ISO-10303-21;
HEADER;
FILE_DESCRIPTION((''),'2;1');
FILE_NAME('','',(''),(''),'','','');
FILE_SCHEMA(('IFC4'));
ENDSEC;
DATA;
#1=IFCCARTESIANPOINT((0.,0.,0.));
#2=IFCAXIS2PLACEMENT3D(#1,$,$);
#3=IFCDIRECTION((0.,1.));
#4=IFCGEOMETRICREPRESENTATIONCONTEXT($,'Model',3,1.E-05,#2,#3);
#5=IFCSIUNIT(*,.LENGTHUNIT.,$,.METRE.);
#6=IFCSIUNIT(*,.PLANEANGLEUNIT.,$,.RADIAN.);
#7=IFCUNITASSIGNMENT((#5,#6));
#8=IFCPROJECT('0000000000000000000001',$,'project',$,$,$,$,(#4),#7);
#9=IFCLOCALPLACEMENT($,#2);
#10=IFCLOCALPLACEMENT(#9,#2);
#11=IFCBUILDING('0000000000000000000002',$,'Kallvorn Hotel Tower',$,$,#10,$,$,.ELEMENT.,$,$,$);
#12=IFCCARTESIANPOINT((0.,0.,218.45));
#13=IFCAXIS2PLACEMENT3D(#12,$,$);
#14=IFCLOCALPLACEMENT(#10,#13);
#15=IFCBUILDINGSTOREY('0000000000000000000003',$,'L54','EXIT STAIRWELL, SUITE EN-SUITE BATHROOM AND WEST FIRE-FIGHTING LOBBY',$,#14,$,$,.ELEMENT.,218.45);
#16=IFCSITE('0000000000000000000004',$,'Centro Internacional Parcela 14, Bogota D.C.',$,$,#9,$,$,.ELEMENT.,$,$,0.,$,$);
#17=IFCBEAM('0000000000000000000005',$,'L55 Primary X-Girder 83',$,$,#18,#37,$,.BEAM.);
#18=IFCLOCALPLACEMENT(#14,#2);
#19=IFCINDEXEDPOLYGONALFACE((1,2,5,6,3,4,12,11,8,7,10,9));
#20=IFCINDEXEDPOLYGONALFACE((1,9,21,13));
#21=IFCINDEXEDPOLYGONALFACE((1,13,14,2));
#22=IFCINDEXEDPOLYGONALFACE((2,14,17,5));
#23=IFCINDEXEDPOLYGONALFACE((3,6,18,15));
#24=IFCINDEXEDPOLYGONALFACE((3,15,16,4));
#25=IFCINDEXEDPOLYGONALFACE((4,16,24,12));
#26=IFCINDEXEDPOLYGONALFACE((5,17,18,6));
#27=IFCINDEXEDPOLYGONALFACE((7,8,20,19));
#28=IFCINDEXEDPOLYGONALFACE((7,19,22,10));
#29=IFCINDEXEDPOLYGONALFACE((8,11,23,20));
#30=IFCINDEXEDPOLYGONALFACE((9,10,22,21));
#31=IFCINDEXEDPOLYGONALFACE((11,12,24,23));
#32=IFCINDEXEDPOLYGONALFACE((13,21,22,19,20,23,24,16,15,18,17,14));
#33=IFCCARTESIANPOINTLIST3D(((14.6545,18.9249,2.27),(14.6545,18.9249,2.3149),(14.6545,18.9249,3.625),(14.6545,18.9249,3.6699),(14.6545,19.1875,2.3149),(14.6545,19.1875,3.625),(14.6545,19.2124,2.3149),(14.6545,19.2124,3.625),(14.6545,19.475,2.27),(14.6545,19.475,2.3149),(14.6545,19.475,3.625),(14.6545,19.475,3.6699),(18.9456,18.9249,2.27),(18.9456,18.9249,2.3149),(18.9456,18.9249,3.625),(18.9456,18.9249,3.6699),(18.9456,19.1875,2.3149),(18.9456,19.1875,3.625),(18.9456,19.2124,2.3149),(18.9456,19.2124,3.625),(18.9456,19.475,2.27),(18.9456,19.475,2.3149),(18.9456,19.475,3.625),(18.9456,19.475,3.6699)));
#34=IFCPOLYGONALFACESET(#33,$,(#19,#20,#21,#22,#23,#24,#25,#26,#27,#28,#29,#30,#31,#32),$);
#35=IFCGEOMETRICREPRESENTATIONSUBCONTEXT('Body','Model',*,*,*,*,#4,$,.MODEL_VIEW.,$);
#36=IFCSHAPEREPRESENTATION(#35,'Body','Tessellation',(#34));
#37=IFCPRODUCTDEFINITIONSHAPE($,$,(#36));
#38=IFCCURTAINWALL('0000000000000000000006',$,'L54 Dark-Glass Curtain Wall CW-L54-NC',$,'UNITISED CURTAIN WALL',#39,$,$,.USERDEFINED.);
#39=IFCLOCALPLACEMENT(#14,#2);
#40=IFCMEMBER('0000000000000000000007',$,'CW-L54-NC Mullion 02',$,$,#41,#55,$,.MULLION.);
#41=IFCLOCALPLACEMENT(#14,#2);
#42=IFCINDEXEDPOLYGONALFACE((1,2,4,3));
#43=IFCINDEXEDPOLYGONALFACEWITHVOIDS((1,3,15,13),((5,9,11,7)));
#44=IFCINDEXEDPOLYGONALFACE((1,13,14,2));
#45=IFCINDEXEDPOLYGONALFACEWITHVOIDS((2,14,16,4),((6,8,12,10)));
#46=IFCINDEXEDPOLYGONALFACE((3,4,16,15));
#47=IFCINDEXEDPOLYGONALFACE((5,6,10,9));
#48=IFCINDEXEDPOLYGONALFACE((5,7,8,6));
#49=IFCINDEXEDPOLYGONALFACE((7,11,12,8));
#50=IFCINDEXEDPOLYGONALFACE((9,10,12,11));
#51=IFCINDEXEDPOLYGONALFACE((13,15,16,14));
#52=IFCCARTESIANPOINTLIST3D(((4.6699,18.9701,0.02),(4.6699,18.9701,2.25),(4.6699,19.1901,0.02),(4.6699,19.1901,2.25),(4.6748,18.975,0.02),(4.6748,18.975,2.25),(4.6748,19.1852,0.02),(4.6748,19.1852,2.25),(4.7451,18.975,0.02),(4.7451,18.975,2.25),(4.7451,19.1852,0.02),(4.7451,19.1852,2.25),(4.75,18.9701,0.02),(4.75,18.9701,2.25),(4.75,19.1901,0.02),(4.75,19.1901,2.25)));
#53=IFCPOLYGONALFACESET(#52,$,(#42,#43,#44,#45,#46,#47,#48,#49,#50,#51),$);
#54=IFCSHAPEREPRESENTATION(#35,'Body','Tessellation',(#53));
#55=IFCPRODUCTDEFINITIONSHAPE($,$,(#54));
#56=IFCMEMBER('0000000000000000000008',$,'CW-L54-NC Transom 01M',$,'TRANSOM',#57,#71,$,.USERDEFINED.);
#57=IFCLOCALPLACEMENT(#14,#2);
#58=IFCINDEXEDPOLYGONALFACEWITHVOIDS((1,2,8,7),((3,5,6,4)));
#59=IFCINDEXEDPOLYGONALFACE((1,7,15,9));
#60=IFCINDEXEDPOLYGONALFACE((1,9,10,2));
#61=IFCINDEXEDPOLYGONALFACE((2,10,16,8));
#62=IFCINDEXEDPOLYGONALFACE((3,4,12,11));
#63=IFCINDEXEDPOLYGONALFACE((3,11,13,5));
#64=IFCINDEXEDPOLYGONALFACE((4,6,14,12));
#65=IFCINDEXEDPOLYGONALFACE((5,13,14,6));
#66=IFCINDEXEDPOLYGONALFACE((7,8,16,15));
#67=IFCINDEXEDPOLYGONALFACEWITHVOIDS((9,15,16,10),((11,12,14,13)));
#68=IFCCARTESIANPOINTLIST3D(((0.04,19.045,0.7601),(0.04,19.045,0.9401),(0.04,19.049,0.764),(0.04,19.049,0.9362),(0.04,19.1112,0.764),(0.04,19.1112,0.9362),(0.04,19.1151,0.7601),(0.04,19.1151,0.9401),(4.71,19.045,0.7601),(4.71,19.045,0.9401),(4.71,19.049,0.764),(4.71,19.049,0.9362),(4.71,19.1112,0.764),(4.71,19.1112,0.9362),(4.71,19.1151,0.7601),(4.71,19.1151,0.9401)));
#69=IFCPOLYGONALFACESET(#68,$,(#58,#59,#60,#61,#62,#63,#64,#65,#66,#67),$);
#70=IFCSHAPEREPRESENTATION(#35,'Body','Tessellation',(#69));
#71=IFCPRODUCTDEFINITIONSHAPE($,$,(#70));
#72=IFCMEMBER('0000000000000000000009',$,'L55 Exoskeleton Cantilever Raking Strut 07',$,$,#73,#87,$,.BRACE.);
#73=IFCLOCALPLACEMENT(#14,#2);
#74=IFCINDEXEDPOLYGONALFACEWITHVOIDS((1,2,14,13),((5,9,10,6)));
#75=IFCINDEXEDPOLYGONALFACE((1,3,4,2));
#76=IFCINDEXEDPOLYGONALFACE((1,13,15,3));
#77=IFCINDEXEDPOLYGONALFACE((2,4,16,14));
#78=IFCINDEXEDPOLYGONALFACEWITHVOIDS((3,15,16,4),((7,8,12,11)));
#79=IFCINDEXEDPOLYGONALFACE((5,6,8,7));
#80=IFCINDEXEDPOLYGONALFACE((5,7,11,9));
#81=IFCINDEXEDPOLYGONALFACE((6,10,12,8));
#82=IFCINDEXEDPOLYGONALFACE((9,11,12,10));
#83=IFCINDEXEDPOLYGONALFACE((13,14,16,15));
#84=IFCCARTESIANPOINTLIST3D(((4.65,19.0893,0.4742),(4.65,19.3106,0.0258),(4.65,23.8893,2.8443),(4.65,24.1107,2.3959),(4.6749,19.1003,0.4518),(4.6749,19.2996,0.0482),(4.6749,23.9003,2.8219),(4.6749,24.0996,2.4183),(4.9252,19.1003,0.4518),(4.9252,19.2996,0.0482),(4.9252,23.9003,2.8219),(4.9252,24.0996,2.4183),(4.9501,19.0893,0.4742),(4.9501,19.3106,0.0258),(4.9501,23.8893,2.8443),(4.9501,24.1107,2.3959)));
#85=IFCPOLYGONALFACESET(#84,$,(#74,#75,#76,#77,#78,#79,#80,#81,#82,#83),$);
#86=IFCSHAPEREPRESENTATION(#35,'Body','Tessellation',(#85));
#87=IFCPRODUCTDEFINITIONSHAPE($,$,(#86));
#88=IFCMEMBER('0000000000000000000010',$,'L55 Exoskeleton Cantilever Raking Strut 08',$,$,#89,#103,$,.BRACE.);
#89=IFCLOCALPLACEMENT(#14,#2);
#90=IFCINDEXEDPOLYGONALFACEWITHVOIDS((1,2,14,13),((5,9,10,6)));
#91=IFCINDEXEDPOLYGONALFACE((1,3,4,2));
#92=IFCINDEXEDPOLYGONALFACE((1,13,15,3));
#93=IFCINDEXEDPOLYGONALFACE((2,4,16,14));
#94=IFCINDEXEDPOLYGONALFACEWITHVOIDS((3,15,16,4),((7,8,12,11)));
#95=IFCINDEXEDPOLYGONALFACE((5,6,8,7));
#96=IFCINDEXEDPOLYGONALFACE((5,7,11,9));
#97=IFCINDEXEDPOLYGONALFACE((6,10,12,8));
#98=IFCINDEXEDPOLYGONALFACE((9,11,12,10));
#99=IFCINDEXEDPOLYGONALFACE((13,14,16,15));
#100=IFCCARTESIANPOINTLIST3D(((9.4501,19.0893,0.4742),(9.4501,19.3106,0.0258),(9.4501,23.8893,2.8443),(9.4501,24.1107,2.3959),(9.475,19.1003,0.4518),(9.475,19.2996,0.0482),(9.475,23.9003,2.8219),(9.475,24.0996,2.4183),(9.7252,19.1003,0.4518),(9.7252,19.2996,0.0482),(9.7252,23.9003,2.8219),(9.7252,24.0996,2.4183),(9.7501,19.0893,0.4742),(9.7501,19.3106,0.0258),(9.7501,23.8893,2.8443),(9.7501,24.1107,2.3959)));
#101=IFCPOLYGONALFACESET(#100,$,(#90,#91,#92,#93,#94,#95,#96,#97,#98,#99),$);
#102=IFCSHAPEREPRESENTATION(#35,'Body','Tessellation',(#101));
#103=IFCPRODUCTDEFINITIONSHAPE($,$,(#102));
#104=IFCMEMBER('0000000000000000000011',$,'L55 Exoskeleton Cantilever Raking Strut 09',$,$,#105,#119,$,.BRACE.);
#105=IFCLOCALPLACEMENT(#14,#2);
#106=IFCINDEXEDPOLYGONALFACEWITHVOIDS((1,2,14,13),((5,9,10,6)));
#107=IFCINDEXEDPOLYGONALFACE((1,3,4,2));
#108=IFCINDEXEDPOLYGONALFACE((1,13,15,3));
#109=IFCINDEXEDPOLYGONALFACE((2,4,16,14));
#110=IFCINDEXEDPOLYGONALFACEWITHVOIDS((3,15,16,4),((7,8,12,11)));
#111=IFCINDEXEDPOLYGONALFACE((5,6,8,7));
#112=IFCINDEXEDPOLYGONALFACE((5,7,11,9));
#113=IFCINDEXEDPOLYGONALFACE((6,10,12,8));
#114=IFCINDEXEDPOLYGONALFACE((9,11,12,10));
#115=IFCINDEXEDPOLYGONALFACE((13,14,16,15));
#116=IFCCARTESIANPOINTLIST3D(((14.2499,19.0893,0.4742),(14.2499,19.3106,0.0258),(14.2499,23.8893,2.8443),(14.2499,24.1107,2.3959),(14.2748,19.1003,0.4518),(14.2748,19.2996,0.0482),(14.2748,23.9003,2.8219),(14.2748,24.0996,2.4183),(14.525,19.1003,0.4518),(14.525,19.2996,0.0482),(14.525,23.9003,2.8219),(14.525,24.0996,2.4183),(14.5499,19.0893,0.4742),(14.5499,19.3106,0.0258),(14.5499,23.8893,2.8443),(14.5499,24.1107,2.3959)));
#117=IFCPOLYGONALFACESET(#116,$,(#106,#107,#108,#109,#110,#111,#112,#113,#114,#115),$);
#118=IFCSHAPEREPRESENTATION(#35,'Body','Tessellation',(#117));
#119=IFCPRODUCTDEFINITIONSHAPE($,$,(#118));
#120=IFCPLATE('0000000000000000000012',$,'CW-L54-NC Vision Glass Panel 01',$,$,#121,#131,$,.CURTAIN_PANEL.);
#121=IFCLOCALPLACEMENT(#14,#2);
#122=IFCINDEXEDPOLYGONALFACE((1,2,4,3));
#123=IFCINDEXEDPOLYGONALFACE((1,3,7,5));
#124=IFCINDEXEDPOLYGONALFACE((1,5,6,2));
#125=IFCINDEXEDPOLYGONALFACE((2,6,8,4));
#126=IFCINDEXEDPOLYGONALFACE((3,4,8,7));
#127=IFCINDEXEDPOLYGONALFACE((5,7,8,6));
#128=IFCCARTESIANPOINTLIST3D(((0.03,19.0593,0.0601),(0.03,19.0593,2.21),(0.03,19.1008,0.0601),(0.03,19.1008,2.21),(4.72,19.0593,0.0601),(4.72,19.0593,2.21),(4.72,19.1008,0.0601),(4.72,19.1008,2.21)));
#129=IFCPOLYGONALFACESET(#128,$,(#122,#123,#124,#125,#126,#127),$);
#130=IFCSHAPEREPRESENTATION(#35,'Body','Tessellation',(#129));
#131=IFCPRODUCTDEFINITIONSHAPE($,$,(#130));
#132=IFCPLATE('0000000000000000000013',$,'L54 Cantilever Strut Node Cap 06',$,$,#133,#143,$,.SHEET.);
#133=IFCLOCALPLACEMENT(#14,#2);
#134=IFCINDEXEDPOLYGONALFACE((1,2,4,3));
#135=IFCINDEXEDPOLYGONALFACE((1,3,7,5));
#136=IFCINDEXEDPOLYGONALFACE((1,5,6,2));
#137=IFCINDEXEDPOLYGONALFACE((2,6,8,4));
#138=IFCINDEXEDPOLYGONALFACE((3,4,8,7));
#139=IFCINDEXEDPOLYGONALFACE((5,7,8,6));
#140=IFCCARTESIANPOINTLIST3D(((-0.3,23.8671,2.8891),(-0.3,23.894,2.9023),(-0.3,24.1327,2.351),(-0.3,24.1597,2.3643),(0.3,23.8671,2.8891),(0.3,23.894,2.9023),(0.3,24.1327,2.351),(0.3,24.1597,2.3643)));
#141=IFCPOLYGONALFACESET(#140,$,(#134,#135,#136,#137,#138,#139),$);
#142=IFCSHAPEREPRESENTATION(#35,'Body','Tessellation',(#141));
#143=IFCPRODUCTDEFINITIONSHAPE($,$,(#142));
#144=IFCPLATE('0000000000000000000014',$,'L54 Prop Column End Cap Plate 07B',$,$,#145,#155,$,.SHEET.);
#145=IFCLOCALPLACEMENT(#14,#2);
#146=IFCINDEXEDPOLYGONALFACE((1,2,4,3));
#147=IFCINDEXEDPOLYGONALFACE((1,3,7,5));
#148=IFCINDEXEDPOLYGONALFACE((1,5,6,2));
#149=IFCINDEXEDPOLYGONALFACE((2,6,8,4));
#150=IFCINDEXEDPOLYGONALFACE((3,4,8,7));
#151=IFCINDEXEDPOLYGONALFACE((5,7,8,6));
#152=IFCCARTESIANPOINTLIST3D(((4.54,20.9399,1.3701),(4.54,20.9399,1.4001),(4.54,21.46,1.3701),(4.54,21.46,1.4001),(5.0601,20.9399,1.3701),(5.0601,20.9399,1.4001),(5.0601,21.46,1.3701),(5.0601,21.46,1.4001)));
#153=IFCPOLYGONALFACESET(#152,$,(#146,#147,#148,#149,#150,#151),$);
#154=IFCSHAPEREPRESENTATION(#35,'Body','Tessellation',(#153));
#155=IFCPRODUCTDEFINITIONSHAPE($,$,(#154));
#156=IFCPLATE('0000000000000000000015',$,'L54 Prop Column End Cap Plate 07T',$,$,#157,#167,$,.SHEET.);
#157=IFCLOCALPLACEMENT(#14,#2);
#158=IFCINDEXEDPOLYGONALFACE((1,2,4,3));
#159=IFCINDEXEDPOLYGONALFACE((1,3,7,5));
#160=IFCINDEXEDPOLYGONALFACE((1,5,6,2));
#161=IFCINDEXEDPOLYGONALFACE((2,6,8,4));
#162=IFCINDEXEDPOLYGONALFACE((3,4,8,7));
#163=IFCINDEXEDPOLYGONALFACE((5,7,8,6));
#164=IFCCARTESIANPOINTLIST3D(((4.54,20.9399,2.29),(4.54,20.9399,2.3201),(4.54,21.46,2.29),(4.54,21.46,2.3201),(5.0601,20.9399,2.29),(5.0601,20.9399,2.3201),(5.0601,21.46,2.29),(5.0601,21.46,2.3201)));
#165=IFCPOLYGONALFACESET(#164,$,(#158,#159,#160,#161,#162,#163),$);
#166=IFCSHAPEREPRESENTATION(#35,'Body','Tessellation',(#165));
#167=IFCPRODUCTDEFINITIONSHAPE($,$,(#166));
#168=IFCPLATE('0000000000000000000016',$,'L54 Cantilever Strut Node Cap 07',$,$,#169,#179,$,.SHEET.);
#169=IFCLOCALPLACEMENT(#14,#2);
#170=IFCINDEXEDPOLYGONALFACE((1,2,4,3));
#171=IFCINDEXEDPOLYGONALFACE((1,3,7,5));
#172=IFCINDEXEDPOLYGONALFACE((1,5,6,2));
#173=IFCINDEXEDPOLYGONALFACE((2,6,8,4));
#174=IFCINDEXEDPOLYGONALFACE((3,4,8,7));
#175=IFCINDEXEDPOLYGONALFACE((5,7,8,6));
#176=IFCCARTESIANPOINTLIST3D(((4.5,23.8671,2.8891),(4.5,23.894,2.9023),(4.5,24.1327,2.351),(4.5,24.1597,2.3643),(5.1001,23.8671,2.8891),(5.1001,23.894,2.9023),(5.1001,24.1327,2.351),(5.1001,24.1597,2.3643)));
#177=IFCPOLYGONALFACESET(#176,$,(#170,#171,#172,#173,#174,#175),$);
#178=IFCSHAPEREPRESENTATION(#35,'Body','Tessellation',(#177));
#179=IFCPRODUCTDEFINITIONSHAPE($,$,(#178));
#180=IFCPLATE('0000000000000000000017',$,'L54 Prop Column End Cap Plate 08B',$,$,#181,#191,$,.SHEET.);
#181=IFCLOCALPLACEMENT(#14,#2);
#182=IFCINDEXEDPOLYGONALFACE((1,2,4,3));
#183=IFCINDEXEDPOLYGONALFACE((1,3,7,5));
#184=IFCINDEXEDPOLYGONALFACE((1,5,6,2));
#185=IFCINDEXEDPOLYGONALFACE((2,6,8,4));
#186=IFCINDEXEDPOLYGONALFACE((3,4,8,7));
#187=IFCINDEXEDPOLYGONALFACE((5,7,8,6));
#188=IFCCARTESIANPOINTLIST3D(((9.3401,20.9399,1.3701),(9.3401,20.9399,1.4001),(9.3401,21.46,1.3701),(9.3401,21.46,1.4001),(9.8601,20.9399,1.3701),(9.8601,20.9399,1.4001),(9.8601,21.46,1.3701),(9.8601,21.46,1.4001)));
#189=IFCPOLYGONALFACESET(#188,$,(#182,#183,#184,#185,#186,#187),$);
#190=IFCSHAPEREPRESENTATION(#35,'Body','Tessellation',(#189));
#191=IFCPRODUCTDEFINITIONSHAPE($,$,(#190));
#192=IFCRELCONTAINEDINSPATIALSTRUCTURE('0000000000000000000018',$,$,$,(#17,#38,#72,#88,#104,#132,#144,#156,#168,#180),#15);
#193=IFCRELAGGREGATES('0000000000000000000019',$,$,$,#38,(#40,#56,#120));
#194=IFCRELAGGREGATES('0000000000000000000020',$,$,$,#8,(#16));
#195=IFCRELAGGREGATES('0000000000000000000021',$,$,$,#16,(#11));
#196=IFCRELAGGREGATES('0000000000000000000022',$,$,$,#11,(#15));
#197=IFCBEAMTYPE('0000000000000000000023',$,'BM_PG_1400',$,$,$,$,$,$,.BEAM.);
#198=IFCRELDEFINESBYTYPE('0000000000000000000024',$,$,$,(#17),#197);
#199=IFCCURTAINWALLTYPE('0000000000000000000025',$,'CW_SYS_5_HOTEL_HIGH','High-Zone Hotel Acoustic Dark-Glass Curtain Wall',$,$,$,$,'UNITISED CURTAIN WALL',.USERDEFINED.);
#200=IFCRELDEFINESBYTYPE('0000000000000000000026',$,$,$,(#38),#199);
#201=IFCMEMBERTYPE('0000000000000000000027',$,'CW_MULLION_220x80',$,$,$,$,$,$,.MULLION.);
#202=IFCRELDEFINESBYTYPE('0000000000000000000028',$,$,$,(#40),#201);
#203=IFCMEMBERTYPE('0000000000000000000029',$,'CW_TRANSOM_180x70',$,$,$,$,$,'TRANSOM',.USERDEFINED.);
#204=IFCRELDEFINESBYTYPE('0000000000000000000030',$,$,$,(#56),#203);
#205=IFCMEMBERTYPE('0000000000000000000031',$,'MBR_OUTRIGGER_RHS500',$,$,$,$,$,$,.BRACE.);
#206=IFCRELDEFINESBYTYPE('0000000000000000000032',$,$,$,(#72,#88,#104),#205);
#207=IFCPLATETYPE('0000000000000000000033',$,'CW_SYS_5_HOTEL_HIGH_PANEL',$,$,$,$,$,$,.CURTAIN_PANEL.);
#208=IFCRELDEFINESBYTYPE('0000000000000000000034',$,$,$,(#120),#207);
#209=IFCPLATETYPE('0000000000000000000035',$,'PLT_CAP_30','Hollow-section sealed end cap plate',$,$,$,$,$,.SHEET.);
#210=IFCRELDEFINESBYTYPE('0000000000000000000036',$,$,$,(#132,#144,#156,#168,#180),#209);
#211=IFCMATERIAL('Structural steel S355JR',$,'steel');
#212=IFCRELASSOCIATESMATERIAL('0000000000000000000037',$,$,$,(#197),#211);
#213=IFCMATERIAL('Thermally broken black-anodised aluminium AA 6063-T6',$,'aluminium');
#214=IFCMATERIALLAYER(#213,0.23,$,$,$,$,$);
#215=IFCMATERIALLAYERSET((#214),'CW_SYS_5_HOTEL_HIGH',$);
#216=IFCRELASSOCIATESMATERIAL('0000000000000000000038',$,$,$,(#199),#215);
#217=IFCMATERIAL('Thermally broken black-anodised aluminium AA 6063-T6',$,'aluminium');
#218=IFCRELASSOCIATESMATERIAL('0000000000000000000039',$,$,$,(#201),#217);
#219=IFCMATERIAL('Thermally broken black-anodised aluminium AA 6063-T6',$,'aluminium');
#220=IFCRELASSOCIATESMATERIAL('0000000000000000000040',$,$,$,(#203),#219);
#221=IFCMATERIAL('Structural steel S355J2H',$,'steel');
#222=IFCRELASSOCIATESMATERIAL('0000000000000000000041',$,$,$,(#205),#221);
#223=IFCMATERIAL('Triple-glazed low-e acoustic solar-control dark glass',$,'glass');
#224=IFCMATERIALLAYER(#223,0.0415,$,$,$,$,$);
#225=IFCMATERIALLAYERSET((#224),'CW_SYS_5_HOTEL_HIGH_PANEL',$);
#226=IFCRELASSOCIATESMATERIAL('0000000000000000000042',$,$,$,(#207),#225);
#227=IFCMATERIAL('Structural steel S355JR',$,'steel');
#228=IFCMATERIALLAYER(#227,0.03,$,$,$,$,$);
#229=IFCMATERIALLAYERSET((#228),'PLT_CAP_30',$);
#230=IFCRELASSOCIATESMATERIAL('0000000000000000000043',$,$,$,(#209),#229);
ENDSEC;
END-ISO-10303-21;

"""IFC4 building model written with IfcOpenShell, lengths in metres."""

from ifc_helpers import new_model, si_unit, direction, frame, origin, origin_2d, place, context, subcontext, project, spatial, polyline, rectangle, hollow_rectangle, i_section, outline, extrude, material, layer, layer_set, material_profile, profile_set, type_object, element, aggregate, save


model = new_model("IFC4")

# Units and contexts
model_context = context("Model", 3, precision=1e-05, world=origin(), true_north=direction((0.0, 1.0)))
body_context = subcontext(model_context, "Body", "Model", "MODEL_VIEW")
ifc_project = project(units=[si_unit("LENGTHUNIT", "METRE"), si_unit("PLANEANGLEUNIT", "RADIAN")], contexts=[model_context])

# Site, building, storey
site_placement = place(None, origin())
site = spatial("IfcSite", under=ifc_project, at=site_placement, Name="Centro Internacional Parcela 14, Bogota D.C.", CompositionType="ELEMENT", RefElevation=0.0)
building_placement = place(site_placement, origin())
building = spatial("IfcBuilding", under=site, at=building_placement, Name="Kallvorn Hotel Tower", CompositionType="ELEMENT")
storey_placement = place(building_placement, frame((0.0, 0.0, 218.45)))
storey = spatial("IfcBuildingStorey", under=building, at=storey_placement, Name="L54", Description="EXIT STAIRWELL, SUITE EN-SUITE BATHROOM AND WEST FIRE-FIGHTING LOBBY", CompositionType="ELEMENT", Elevation=218.45)

# Beam
ifc_material_1 = material(Name="Structural steel S355JR", Category="steel")
ifc_material_profile_1 = material_profile(ifc_material_1, i_section(OverallWidth=0.55, OverallDepth=1.3999, WebThickness=0.0249, FlangeThickness=0.0449, at=origin_2d()), Name="PG 1400x550x25x45")
ifc_profile_set_1 = profile_set([ifc_material_profile_1], Name="Structural steel S355JR")
beam_type_1 = type_object("IfcBeamType", Name="BM_PG_1400", PredefinedType="BEAM", material=ifc_profile_set_1)
for number, where, z_axis, x_axis, name in (
    (1, (14.6545, 19.2, 2.97), (1.0, 0.0, 0.0), (0.0, 1.0, 0.0), "L55 Primary X-Girder 83"),
):
    element("IfcBeam", number, at=place(storey_placement, frame(where, z_axis=z_axis, x_axis=x_axis)), inside=storey, type_object=beam_type_1, Name=name, PredefinedType="BEAM", context=body_context, shape_type="SweptSolid", body=[
        extrude(i_section(OverallWidth=0.55, OverallDepth=1.3999, WebThickness=0.0249, FlangeThickness=0.0449, at=origin_2d()), origin(), (0.0, 0.0, 1.0), 4.291),
    ])

# Curtain wall, members
ifc_material_2 = material(Name="Thermally broken black-anodised aluminium AA 6063-T6", Category="aluminium")
ifc_layer_1 = layer(ifc_material_2, 0.23)
ifc_layer_set_1 = layer_set([ifc_layer_1], Name="CW_SYS_5_HOTEL_HIGH")
curtain_wall_type = type_object("IfcCurtainWallType", Name="CW_SYS_5_HOTEL_HIGH", Description="High-Zone Hotel Acoustic Dark-Glass Curtain Wall", ElementType="UNITISED CURTAIN WALL", PredefinedType="USERDEFINED", material=ifc_layer_set_1)
curtain_wall_placement = place(storey_placement, origin())
curtain_wall = element("IfcCurtainWall", 2, at=curtain_wall_placement, inside=storey, type_object=curtain_wall_type, Name="L54 Dark-Glass Curtain Wall CW-L54-NC", ObjectType="UNITISED CURTAIN WALL", PredefinedType="USERDEFINED")
ifc_material_3 = material(Name="Thermally broken black-anodised aluminium AA 6063-T6", Category="aluminium")
ifc_material_profile_2 = material_profile(ifc_material_3, hollow_rectangle(XDim=0.0801, YDim=0.22, WallThickness=0.0049, at=origin_2d()), Name="MUL 220x80")
ifc_profile_set_2 = profile_set([ifc_material_profile_2], Name="Thermally broken black-anodised aluminium AA 6063-T6")
member_type_1 = type_object("IfcMemberType", Name="CW_MULLION_220x80", PredefinedType="MULLION", material=ifc_profile_set_2)
member_1_placement = place(storey_placement, frame((4.71, 19.0801, 0.02), z_axis=(0.0, 0.0, 1.0), x_axis=(1.0, 0.0, 0.0)))
member_1 = element("IfcMember", 3, at=member_1_placement, type_object=member_type_1, Name="CW-L54-NC Mullion 02", PredefinedType="MULLION", context=body_context, shape_type="SweptSolid", body=[
    extrude(hollow_rectangle(XDim=0.0801, YDim=0.22, WallThickness=0.0049, at=origin_2d()), origin(), (0.0, 0.0, 1.0), 2.23),
])
ifc_material_4 = material(Name="Thermally broken black-anodised aluminium AA 6063-T6", Category="aluminium")
ifc_material_profile_3 = material_profile(ifc_material_4, hollow_rectangle(XDim=0.0701, YDim=0.1799, WallThickness=0.0039, at=origin_2d()), Name="TRN 180x70")
ifc_profile_set_3 = profile_set([ifc_material_profile_3], Name="Thermally broken black-anodised aluminium AA 6063-T6")
member_type_2 = type_object("IfcMemberType", Name="CW_TRANSOM_180x70", ElementType="TRANSOM", PredefinedType="USERDEFINED", material=ifc_profile_set_3)
member_2_placement = place(storey_placement, frame((0.04, 19.0801, 0.8501), z_axis=(1.0, 0.0, 0.0), x_axis=(0.0, 1.0, 0.0)))
member_2 = element("IfcMember", 4, at=member_2_placement, type_object=member_type_2, Name="CW-L54-NC Transom 01M", ObjectType="TRANSOM", PredefinedType="USERDEFINED", context=body_context, shape_type="SweptSolid", body=[
    extrude(hollow_rectangle(XDim=0.0701, YDim=0.1799, WallThickness=0.0039, at=origin_2d()), origin(), (0.0, 0.0, 1.0), 4.6699),
])

# Members
ifc_material_5 = material(Name="Structural steel S355J2H", Category="steel")
ifc_material_profile_4 = material_profile(ifc_material_5, hollow_rectangle(XDim=0.3, YDim=0.5, WallThickness=0.0249, at=origin_2d()), Name="RHS 500x300x25")
ifc_profile_set_4 = profile_set([ifc_material_profile_4], Name="Structural steel S355J2H")
member_type_3 = type_object("IfcMemberType", Name="MBR_OUTRIGGER_RHS500", PredefinedType="BRACE", material=ifc_profile_set_4)
for number, where, z_axis, x_axis, name in (
    (5, (4.8, 19.2, 0.25), (0.0, 0.896651, 0.442739), (-1.0, 0.0, 0.0), "L55 Exoskeleton Cantilever Raking Strut 07"),
    (6, (9.6001, 19.2, 0.25), (0.0, 0.896651, 0.442739), (-1.0, 0.0, 0.0), "L55 Exoskeleton Cantilever Raking Strut 08"),
    (7, (14.3999, 19.2, 0.25), (0.0, 0.896651, 0.442739), (-1.0, 0.0, 0.0), "L55 Exoskeleton Cantilever Raking Strut 09"),
):
    element("IfcMember", number, at=place(storey_placement, frame(where, z_axis=z_axis, x_axis=x_axis)), inside=storey, type_object=member_type_3, Name=name, PredefinedType="BRACE", context=body_context, shape_type="SweptSolid", body=[
        extrude(hollow_rectangle(XDim=0.3, YDim=0.5, WallThickness=0.0249, at=origin_2d()), origin(), (0.0, 0.0, 1.0), 5.3533),
    ])

# Plate
ifc_material_6 = material(Name="Triple-glazed low-e acoustic solar-control dark glass", Category="glass")
ifc_layer_2 = layer(ifc_material_6, 0.0415)
ifc_layer_set_2 = layer_set([ifc_layer_2], Name="CW_SYS_5_HOTEL_HIGH_PANEL")
plate_type_1 = type_object("IfcPlateType", Name="CW_SYS_5_HOTEL_HIGH_PANEL", PredefinedType="CURTAIN_PANEL", material=ifc_layer_set_2)
plate_1_placement = place(storey_placement, frame((2.375, 19.0801, 0.0601), z_axis=(0.0, 0.0, 1.0), x_axis=(1.0, 0.0, 0.0)))
plate_1 = element("IfcPlate", 8, at=plate_1_placement, type_object=plate_type_1, Name="CW-L54-NC Vision Glass Panel 01", PredefinedType="CURTAIN_PANEL", context=body_context, shape_type="SweptSolid", body=[
    extrude(rectangle(XDim=4.6899, YDim=0.0415, at=origin_2d()), origin(), (0.0, 0.0, 1.0), 2.1499),
])
aggregate(curtain_wall, [member_1, member_2, plate_1])

# Plates
ifc_material_7 = material(Name="Structural steel S355JR", Category="steel")
ifc_layer_3 = layer(ifc_material_7, 0.03)
ifc_layer_set_3 = layer_set([ifc_layer_3], Name="PLT_CAP_30")
plate_type_2 = type_object("IfcPlateType", Name="PLT_CAP_30", Description="Hollow-section sealed end cap plate", PredefinedType="SHEET", material=ifc_layer_set_3)
plate_2_placement = place(storey_placement, frame((0.3, 24.1597, 2.3643), z_axis=(0.0, 0.896694, 0.442651), x_axis=(-1.0, 0.0, 0.0)))
element("IfcPlate", 9, at=plate_2_placement, inside=storey, type_object=plate_type_2, Name="L54 Cantilever Strut Node Cap 06", PredefinedType="SHEET", context=body_context, shape_type="SweptSolid", body=[
    extrude(outline(polyline([(0.0, 0.0), (0.6001, 0.0), (0.6001, 0.6001), (0.0, 0.6001), (0.0, 0.0)])), origin(), (0.0, 0.0, -1.0), 0.03),
])
for number, where, z_axis, x_axis, name in (
    (10, (4.8, 21.2, 1.3701), (0.0, 0.0, 1.0), (1.0, 0.0, 0.0), "L54 Prop Column End Cap Plate 07B"),
    (11, (4.8, 21.2, 2.29), (0.0, 0.0, 1.0), (1.0, 0.0, 0.0), "L54 Prop Column End Cap Plate 07T"),
):
    element("IfcPlate", number, at=place(storey_placement, frame(where, z_axis=z_axis, x_axis=x_axis)), inside=storey, type_object=plate_type_2, Name=name, PredefinedType="SHEET", context=body_context, shape_type="SweptSolid", body=[
        extrude(rectangle(XDim=0.52, YDim=0.52, at=origin_2d()), origin(), (0.0, 0.0, 1.0), 0.03),
    ])
plate_3_placement = place(storey_placement, frame((5.1001, 24.1597, 2.3643), z_axis=(0.0, 0.896694, 0.442651), x_axis=(-1.0, 0.0, 0.0)))
element("IfcPlate", 12, at=plate_3_placement, inside=storey, type_object=plate_type_2, Name="L54 Cantilever Strut Node Cap 07", PredefinedType="SHEET", context=body_context, shape_type="SweptSolid", body=[
    extrude(outline(polyline([(0.0, 0.0), (0.6001, 0.0), (0.6001, 0.6001), (0.0, 0.6001), (0.0, 0.0)])), origin(), (0.0, 0.0, -1.0), 0.03),
])
for number, where, z_axis, x_axis, name in (
    (13, (9.6001, 21.2, 1.3701), (0.0, 0.0, 1.0), (1.0, 0.0, 0.0), "L54 Prop Column End Cap Plate 08B"),
):
    element("IfcPlate", number, at=place(storey_placement, frame(where, z_axis=z_axis, x_axis=x_axis)), inside=storey, type_object=plate_type_2, Name=name, PredefinedType="SHEET", context=body_context, shape_type="SweptSolid", body=[
        extrude(rectangle(XDim=0.52, YDim=0.52, at=origin_2d()), origin(), (0.0, 0.0, 1.0), 0.03),
    ])

save(model, "model.ifc")
